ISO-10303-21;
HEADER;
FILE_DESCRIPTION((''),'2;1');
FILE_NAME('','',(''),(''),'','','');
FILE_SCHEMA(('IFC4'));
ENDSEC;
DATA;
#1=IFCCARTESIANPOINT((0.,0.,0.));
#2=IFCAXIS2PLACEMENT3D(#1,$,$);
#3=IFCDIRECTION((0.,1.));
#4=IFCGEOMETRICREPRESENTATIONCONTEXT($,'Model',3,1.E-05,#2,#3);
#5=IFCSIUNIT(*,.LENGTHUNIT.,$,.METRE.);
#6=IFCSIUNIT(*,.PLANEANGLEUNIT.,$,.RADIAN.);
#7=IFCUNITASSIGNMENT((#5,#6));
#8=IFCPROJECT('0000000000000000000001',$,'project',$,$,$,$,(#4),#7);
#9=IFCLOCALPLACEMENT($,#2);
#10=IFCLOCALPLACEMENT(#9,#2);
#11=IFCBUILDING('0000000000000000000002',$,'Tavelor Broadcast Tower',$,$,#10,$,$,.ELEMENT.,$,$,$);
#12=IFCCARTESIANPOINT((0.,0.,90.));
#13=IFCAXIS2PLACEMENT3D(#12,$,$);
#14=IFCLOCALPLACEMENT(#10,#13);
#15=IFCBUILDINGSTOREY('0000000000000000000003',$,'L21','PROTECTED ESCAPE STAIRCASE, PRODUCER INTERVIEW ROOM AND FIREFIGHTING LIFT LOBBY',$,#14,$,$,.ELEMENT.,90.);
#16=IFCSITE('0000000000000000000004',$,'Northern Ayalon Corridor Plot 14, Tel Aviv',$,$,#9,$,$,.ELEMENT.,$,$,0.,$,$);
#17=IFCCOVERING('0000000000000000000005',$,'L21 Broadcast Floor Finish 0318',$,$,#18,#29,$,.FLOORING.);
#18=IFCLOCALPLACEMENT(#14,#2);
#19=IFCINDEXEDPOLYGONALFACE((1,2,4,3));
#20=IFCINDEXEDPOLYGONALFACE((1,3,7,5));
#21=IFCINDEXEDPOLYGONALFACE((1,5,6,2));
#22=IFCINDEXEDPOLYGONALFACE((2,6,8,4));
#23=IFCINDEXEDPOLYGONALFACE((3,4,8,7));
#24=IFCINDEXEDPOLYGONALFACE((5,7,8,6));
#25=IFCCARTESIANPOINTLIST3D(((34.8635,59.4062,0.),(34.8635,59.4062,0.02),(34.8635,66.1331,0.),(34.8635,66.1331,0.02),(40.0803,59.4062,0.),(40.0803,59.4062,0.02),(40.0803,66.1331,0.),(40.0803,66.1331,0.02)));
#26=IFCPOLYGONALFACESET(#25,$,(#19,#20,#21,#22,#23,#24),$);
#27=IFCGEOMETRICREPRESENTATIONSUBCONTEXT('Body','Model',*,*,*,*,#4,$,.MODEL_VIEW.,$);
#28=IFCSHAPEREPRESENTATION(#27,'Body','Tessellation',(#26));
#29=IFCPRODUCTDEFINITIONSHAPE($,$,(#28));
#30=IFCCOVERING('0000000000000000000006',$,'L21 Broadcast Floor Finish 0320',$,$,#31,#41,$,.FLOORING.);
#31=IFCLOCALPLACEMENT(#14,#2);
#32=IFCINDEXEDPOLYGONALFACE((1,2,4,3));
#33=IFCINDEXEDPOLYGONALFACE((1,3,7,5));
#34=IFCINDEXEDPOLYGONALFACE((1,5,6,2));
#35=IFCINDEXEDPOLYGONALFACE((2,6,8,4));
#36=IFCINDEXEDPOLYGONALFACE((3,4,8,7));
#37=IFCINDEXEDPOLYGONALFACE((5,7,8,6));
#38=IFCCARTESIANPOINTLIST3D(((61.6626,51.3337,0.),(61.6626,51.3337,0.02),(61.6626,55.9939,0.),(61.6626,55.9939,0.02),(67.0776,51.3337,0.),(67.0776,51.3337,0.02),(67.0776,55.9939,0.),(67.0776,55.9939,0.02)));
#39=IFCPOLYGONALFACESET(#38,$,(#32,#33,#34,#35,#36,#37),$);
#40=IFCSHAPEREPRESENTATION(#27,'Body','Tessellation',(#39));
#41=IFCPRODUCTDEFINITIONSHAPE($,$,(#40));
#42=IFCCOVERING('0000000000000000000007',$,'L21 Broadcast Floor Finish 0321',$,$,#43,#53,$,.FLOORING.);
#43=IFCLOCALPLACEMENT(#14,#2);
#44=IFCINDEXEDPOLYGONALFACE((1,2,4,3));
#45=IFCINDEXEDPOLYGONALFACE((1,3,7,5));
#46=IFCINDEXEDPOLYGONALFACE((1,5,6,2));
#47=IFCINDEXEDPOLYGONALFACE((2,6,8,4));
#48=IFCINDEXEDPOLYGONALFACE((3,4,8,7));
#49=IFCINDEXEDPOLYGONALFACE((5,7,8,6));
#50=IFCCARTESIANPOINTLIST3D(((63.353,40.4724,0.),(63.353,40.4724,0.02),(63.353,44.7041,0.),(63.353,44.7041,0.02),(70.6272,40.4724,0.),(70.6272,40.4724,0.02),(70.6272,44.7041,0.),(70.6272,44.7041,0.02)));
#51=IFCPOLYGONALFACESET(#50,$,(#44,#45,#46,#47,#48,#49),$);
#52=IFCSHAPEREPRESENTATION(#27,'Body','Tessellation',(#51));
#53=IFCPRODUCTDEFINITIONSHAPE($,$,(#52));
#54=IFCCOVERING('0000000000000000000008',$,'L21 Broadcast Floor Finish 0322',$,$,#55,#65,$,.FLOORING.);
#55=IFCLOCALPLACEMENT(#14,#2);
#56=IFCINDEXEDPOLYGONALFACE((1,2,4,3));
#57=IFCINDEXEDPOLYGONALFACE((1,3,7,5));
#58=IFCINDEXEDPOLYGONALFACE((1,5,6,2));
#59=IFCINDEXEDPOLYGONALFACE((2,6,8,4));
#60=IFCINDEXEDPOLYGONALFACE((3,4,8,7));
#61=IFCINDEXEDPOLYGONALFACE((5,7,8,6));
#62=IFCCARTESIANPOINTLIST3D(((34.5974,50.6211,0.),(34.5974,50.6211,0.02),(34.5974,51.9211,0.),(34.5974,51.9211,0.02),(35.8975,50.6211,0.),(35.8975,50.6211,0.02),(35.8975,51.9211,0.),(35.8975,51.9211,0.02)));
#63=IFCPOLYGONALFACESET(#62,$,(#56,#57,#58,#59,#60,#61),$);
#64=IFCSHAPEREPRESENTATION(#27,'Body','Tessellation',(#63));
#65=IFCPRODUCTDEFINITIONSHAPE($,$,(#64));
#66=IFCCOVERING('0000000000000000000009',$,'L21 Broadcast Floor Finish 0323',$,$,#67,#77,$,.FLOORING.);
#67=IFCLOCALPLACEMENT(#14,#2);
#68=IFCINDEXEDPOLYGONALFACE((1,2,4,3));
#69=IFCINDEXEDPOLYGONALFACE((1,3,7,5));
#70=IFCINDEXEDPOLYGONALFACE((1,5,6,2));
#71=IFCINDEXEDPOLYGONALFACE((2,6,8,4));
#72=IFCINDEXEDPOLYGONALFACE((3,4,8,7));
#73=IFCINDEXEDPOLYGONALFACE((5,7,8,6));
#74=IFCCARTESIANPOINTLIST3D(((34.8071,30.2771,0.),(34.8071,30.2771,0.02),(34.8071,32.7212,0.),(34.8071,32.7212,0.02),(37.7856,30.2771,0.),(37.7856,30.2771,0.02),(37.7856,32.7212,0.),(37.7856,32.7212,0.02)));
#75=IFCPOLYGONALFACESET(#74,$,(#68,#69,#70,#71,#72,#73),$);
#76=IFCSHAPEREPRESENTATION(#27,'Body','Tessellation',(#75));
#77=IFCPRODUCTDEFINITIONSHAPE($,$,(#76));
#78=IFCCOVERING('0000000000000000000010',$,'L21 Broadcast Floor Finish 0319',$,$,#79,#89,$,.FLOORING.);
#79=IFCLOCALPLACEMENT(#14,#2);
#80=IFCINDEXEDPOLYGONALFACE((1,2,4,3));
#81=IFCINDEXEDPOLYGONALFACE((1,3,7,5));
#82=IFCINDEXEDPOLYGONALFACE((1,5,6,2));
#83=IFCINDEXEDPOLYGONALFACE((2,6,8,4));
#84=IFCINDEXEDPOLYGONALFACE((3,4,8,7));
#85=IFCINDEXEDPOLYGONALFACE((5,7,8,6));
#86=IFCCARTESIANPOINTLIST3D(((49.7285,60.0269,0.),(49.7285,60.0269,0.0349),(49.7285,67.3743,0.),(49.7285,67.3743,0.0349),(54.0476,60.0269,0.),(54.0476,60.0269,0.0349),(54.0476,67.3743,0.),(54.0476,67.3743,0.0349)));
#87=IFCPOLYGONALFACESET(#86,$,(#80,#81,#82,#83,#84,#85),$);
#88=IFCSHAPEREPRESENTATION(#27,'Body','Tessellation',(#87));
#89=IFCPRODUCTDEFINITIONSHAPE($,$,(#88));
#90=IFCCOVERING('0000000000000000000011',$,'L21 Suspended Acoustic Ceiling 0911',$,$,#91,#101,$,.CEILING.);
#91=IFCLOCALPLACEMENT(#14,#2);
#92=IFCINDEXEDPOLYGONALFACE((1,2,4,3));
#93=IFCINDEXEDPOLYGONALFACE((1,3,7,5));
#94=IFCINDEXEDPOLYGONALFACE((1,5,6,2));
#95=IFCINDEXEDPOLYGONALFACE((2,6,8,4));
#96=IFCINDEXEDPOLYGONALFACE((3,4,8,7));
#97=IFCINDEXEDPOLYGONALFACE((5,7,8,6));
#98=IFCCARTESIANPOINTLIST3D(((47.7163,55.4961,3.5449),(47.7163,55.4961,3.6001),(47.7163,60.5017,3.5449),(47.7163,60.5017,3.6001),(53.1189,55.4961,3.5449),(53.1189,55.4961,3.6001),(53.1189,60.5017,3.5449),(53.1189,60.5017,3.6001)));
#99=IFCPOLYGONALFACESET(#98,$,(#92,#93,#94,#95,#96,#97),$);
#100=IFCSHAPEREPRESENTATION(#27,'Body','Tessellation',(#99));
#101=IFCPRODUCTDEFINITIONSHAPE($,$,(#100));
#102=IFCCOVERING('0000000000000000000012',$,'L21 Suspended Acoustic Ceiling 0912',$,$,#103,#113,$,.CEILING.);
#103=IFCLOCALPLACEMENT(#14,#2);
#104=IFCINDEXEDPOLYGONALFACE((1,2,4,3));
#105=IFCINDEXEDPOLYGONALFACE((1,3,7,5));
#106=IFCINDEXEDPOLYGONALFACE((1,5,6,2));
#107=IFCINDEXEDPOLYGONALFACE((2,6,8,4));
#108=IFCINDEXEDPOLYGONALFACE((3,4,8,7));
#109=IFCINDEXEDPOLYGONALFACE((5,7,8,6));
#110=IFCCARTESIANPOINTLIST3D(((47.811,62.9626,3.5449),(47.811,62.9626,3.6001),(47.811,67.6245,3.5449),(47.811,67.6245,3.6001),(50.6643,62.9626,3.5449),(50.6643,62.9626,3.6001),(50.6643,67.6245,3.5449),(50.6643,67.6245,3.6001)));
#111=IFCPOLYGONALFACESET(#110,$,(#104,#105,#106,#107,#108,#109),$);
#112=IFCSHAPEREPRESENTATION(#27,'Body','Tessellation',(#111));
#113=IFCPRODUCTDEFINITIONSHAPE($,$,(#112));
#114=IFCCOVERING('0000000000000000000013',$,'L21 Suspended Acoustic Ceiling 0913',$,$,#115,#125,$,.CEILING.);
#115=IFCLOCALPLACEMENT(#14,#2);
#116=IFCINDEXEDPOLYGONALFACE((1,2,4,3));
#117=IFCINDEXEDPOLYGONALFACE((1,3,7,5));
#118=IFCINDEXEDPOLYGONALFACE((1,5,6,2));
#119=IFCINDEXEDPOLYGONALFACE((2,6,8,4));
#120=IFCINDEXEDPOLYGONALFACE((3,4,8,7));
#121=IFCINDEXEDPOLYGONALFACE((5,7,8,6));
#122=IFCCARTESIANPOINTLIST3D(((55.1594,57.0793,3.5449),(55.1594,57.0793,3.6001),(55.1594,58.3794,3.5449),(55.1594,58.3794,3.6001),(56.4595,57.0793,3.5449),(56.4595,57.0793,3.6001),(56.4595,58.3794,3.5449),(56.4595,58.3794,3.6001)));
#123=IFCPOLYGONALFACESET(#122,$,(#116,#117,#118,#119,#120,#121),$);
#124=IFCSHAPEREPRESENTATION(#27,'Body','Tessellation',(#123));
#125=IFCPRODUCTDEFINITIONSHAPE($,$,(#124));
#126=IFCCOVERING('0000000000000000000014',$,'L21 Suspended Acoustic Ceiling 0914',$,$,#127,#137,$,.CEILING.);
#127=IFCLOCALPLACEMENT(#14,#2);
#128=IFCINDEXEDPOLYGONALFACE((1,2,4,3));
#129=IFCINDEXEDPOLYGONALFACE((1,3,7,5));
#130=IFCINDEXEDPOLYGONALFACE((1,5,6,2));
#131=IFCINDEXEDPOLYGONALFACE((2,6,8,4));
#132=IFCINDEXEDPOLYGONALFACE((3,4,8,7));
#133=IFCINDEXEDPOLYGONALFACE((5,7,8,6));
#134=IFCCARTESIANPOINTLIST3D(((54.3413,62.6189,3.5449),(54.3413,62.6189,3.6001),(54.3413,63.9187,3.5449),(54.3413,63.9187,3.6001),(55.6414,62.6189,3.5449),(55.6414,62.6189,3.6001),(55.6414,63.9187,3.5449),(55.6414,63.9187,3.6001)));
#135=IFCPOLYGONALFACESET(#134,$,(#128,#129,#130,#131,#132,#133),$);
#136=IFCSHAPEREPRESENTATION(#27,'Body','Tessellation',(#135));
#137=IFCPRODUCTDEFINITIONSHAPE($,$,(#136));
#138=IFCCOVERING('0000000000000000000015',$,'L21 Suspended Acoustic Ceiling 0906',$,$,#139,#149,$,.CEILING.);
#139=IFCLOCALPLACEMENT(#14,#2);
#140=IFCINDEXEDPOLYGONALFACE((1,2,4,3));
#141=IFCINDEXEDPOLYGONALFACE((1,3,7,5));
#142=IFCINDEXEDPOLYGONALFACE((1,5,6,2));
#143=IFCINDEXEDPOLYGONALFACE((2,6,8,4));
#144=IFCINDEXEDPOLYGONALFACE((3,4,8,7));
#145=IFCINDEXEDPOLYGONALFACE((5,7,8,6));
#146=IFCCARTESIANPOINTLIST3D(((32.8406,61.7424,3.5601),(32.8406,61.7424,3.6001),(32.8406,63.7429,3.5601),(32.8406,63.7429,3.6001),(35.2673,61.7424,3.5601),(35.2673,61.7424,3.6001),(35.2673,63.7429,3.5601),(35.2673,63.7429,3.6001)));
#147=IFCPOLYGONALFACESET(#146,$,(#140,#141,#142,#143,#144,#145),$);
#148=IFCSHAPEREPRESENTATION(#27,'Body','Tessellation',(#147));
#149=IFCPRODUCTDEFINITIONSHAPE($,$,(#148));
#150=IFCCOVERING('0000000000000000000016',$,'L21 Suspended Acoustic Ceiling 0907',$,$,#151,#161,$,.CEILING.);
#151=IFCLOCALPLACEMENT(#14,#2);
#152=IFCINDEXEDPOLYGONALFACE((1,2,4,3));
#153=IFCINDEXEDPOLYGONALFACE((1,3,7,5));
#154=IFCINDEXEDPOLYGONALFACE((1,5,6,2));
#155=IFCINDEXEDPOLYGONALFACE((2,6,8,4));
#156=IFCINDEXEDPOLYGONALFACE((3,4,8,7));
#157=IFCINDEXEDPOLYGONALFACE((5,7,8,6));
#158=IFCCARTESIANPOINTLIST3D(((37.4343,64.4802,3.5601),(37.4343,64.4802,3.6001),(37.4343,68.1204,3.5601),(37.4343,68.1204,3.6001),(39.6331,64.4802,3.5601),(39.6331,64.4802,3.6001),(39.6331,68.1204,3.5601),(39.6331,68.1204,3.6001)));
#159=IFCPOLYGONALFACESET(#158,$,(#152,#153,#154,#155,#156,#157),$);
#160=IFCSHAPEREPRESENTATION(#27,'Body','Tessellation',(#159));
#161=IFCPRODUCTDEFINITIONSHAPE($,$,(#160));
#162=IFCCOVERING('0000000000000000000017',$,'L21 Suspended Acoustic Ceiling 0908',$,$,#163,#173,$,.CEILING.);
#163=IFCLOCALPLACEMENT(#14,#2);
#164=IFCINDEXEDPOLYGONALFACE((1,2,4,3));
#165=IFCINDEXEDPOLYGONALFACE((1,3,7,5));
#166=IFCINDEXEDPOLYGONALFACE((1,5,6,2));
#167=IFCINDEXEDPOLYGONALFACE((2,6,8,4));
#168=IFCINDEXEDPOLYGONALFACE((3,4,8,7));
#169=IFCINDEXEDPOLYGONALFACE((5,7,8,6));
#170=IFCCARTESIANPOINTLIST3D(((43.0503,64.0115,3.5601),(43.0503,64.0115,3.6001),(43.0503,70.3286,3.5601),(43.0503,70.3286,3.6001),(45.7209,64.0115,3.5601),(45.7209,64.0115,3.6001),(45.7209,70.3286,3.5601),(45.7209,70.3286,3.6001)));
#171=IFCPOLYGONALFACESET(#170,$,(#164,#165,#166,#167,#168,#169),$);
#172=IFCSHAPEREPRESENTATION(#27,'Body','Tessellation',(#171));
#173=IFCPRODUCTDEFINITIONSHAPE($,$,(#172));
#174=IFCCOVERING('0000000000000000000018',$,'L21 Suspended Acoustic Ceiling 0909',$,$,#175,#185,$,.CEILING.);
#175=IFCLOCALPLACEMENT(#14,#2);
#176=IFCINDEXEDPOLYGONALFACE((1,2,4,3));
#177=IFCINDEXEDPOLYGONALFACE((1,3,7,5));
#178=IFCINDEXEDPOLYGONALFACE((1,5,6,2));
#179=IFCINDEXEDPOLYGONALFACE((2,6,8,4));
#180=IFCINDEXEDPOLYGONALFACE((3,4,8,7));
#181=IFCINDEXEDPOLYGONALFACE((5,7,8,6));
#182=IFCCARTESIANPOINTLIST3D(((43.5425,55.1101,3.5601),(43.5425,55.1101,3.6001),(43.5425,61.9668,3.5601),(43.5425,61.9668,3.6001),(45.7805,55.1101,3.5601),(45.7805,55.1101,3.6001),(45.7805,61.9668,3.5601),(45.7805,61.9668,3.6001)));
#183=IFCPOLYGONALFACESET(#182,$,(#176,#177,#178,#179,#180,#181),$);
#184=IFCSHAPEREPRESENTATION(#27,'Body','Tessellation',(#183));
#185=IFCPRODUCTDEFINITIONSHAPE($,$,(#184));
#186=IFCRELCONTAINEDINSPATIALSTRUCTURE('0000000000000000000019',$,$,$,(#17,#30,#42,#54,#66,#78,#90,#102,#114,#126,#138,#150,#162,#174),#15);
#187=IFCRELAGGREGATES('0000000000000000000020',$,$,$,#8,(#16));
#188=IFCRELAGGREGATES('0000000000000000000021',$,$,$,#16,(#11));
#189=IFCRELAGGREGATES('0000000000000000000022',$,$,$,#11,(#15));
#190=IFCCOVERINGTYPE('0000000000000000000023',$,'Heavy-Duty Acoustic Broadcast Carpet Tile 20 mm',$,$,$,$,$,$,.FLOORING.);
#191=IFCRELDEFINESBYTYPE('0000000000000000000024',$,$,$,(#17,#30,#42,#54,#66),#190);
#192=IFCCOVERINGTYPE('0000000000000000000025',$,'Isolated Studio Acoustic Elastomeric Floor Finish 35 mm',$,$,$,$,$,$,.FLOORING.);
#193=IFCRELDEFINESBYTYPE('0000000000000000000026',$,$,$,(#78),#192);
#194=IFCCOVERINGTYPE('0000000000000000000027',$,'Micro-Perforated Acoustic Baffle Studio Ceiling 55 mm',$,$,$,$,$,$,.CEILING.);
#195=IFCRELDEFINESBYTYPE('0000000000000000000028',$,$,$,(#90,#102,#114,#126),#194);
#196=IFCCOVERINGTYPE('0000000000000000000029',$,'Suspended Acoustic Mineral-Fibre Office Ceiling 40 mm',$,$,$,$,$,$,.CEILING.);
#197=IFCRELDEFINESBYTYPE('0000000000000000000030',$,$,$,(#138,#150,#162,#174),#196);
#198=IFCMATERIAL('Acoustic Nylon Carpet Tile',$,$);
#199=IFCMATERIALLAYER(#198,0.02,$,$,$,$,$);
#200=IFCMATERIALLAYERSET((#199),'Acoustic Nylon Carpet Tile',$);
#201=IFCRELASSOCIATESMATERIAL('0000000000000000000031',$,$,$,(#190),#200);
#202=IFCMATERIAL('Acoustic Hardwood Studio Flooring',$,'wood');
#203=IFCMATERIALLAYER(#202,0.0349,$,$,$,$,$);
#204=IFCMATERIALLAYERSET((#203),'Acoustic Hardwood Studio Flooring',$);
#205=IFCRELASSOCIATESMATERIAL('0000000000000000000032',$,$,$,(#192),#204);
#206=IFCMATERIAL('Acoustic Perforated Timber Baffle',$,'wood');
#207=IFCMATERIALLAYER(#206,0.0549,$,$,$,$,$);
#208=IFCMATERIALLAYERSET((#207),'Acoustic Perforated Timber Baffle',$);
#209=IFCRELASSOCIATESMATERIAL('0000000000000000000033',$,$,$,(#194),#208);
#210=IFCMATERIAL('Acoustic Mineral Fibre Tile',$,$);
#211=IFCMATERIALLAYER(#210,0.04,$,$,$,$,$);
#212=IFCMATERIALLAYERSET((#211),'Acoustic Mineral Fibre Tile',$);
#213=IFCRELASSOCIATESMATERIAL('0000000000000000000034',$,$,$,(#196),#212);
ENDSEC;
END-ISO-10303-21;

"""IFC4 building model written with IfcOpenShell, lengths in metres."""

from ifc_helpers import new_model, si_unit, direction, frame, origin, place, context, subcontext, project, spatial, polyline, outline, extrude, material, layer, layer_set, type_object, element, save


model = new_model("IFC4")

# Units and contexts
model_context = context("Model", 3, precision=1e-05, world=origin(), true_north=direction((0.0, 1.0)))
body_context = subcontext(model_context, "Body", "Model", "MODEL_VIEW")
ifc_project = project(units=[si_unit("LENGTHUNIT", "METRE"), si_unit("PLANEANGLEUNIT", "RADIAN")], contexts=[model_context])

# Site, building, storey
site_placement = place(None, origin())
site = spatial("IfcSite", under=ifc_project, at=site_placement, Name="Northern Ayalon Corridor Plot 14, Tel Aviv", CompositionType="ELEMENT", RefElevation=0.0)
building_placement = place(site_placement, origin())
building = spatial("IfcBuilding", under=site, at=building_placement, Name="Tavelor Broadcast Tower", CompositionType="ELEMENT")
storey_placement = place(building_placement, frame((0.0, 0.0, 90.0)))
storey = spatial("IfcBuildingStorey", under=building, at=storey_placement, Name="L21", Description="PROTECTED ESCAPE STAIRCASE, PRODUCER INTERVIEW ROOM AND FIREFIGHTING LIFT LOBBY", CompositionType="ELEMENT", Elevation=90.0)

# Coverings
ifc_material_1 = material(Name="Acoustic Nylon Carpet Tile")
ifc_layer_1 = layer(ifc_material_1, 0.02)
ifc_layer_set_1 = layer_set([ifc_layer_1], Name="Acoustic Nylon Carpet Tile")
covering_type_1 = type_object("IfcCoveringType", Name="Heavy-Duty Acoustic Broadcast Carpet Tile 20 mm", PredefinedType="FLOORING", material=ifc_layer_set_1)
covering_1_placement = place(storey_placement, origin())
element("IfcCovering", 1, at=covering_1_placement, inside=storey, type_object=covering_type_1, Name="L21 Broadcast Floor Finish 0318", PredefinedType="FLOORING", context=body_context, shape_type="SweptSolid", body=[
    extrude(outline(polyline([(34.8635, 59.4062), (40.0803, 59.4062), (40.0803, 66.1331), (34.8635, 66.1331), (34.8635, 59.4062)])), origin(), (0.0, 0.0, 1.0), 0.02),
])
covering_2_placement = place(storey_placement, origin())
element("IfcCovering", 2, at=covering_2_placement, inside=storey, type_object=covering_type_1, Name="L21 Broadcast Floor Finish 0320", PredefinedType="FLOORING", context=body_context, shape_type="SweptSolid", body=[
    extrude(outline(polyline([(61.6626, 51.3337), (67.0776, 51.3337), (67.0776, 55.9939), (61.6626, 55.9939), (61.6626, 51.3337)])), origin(), (0.0, 0.0, 1.0), 0.02),
])
covering_3_placement = place(storey_placement, origin())
element("IfcCovering", 3, at=covering_3_placement, inside=storey, type_object=covering_type_1, Name="L21 Broadcast Floor Finish 0321", PredefinedType="FLOORING", context=body_context, shape_type="SweptSolid", body=[
    extrude(outline(polyline([(63.353, 40.4724), (70.6272, 40.4724), (70.6272, 44.7041), (63.353, 44.7041), (63.353, 40.4724)])), origin(), (0.0, 0.0, 1.0), 0.02),
])
covering_4_placement = place(storey_placement, origin())
element("IfcCovering", 4, at=covering_4_placement, inside=storey, type_object=covering_type_1, Name="L21 Broadcast Floor Finish 0322", PredefinedType="FLOORING", context=body_context, shape_type="SweptSolid", body=[
    extrude(outline(polyline([(34.5974, 50.6211), (35.8975, 50.6211), (35.8975, 51.9211), (34.5974, 51.9211), (34.5974, 50.6211)])), origin(), (0.0, 0.0, 1.0), 0.02),
])
covering_5_placement = place(storey_placement, origin())
element("IfcCovering", 5, at=covering_5_placement, inside=storey, type_object=covering_type_1, Name="L21 Broadcast Floor Finish 0323", PredefinedType="FLOORING", context=body_context, shape_type="SweptSolid", body=[
    extrude(outline(polyline([(34.8071, 30.2771), (37.7856, 30.2771), (37.7856, 32.7212), (34.8071, 32.7212), (34.8071, 30.2771)])), origin(), (0.0, 0.0, 1.0), 0.02),
])
ifc_material_2 = material(Name="Acoustic Hardwood Studio Flooring", Category="wood")
ifc_layer_2 = layer(ifc_material_2, 0.0349)
ifc_layer_set_2 = layer_set([ifc_layer_2], Name="Acoustic Hardwood Studio Flooring")
covering_type_2 = type_object("IfcCoveringType", Name="Isolated Studio Acoustic Elastomeric Floor Finish 35 mm", PredefinedType="FLOORING", material=ifc_layer_set_2)
covering_6_placement = place(storey_placement, origin())
element("IfcCovering", 6, at=covering_6_placement, inside=storey, type_object=covering_type_2, Name="L21 Broadcast Floor Finish 0319", PredefinedType="FLOORING", context=body_context, shape_type="SweptSolid", body=[
    extrude(outline(polyline([(49.7285, 60.0269), (54.0476, 60.0269), (54.0476, 67.3743), (49.7285, 67.3743), (49.7285, 60.0269)])), origin(), (0.0, 0.0, 1.0), 0.0349),
])
ifc_material_3 = material(Name="Acoustic Perforated Timber Baffle", Category="wood")
ifc_layer_3 = layer(ifc_material_3, 0.0549)
ifc_layer_set_3 = layer_set([ifc_layer_3], Name="Acoustic Perforated Timber Baffle")
covering_type_3 = type_object("IfcCoveringType", Name="Micro-Perforated Acoustic Baffle Studio Ceiling 55 mm", PredefinedType="CEILING", material=ifc_layer_set_3)
covering_7_placement = place(storey_placement, frame((0.0, 0.0, 3.5449)))
element("IfcCovering", 7, at=covering_7_placement, inside=storey, type_object=covering_type_3, Name="L21 Suspended Acoustic Ceiling 0911", PredefinedType="CEILING", context=body_context, shape_type="SweptSolid", body=[
    extrude(outline(polyline([(47.7163, 55.4961), (53.1189, 55.4961), (53.1189, 60.5017), (47.7163, 60.5017), (47.7163, 55.4961)])), origin(), (0.0, 0.0, 1.0), 0.0552),
])
covering_8_placement = place(storey_placement, frame((0.0, 0.0, 3.5449)))
element("IfcCovering", 8, at=covering_8_placement, inside=storey, type_object=covering_type_3, Name="L21 Suspended Acoustic Ceiling 0912", PredefinedType="CEILING", context=body_context, shape_type="SweptSolid", body=[
    extrude(outline(polyline([(47.811, 62.9626), (50.6643, 62.9626), (50.6643, 67.6245), (47.811, 67.6245), (47.811, 62.9626)])), origin(), (0.0, 0.0, 1.0), 0.0552),
])
covering_9_placement = place(storey_placement, frame((0.0, 0.0, 3.5449)))
element("IfcCovering", 9, at=covering_9_placement, inside=storey, type_object=covering_type_3, Name="L21 Suspended Acoustic Ceiling 0913", PredefinedType="CEILING", context=body_context, shape_type="SweptSolid", body=[
    extrude(outline(polyline([(55.1594, 57.0793), (56.4595, 57.0793), (56.4595, 58.3794), (55.1594, 58.3794), (55.1594, 57.0793)])), origin(), (0.0, 0.0, 1.0), 0.0552),
])
covering_10_placement = place(storey_placement, frame((0.0, 0.0, 3.5449)))
element("IfcCovering", 10, at=covering_10_placement, inside=storey, type_object=covering_type_3, Name="L21 Suspended Acoustic Ceiling 0914", PredefinedType="CEILING", context=body_context, shape_type="SweptSolid", body=[
    extrude(outline(polyline([(54.3413, 62.6189), (55.6414, 62.6189), (55.6414, 63.9187), (54.3413, 63.9187), (54.3413, 62.6189)])), origin(), (0.0, 0.0, 1.0), 0.0552),
])
ifc_material_4 = material(Name="Acoustic Mineral Fibre Tile")
ifc_layer_4 = layer(ifc_material_4, 0.04)
ifc_layer_set_4 = layer_set([ifc_layer_4], Name="Acoustic Mineral Fibre Tile")
covering_type_4 = type_object("IfcCoveringType", Name="Suspended Acoustic Mineral-Fibre Office Ceiling 40 mm", PredefinedType="CEILING", material=ifc_layer_set_4)
covering_11_placement = place(storey_placement, frame((0.0, 0.0, 3.5601)))
element("IfcCovering", 11, at=covering_11_placement, inside=storey, type_object=covering_type_4, Name="L21 Suspended Acoustic Ceiling 0906", PredefinedType="CEILING", context=body_context, shape_type="SweptSolid", body=[
    extrude(outline(polyline([(32.8406, 61.7424), (35.2673, 61.7424), (35.2673, 63.7429), (32.8406, 63.7429), (32.8406, 61.7424)])), origin(), (0.0, 0.0, 1.0), 0.04),
])
covering_12_placement = place(storey_placement, frame((0.0, 0.0, 3.5601)))
element("IfcCovering", 12, at=covering_12_placement, inside=storey, type_object=covering_type_4, Name="L21 Suspended Acoustic Ceiling 0907", PredefinedType="CEILING", context=body_context, shape_type="SweptSolid", body=[
    extrude(outline(polyline([(37.4343, 64.4802), (39.6331, 64.4802), (39.6331, 68.1204), (37.4343, 68.1204), (37.4343, 64.4802)])), origin(), (0.0, 0.0, 1.0), 0.04),
])
covering_13_placement = place(storey_placement, frame((0.0, 0.0, 3.5601)))
element("IfcCovering", 13, at=covering_13_placement, inside=storey, type_object=covering_type_4, Name="L21 Suspended Acoustic Ceiling 0908", PredefinedType="CEILING", context=body_context, shape_type="SweptSolid", body=[
    extrude(outline(polyline([(43.0503, 64.0115), (45.7209, 64.0115), (45.7209, 70.3286), (43.0503, 70.3286), (43.0503, 64.0115)])), origin(), (0.0, 0.0, 1.0), 0.04),
])
covering_14_placement = place(storey_placement, frame((0.0, 0.0, 3.5601)))
element("IfcCovering", 14, at=covering_14_placement, inside=storey, type_object=covering_type_4, Name="L21 Suspended Acoustic Ceiling 0909", PredefinedType="CEILING", context=body_context, shape_type="SweptSolid", body=[
    extrude(outline(polyline([(43.5425, 55.1101), (45.7805, 55.1101), (45.7805, 61.9668), (43.5425, 61.9668), (43.5425, 55.1101)])), origin(), (0.0, 0.0, 1.0), 0.04),
])

save(model, "model.ifc")
